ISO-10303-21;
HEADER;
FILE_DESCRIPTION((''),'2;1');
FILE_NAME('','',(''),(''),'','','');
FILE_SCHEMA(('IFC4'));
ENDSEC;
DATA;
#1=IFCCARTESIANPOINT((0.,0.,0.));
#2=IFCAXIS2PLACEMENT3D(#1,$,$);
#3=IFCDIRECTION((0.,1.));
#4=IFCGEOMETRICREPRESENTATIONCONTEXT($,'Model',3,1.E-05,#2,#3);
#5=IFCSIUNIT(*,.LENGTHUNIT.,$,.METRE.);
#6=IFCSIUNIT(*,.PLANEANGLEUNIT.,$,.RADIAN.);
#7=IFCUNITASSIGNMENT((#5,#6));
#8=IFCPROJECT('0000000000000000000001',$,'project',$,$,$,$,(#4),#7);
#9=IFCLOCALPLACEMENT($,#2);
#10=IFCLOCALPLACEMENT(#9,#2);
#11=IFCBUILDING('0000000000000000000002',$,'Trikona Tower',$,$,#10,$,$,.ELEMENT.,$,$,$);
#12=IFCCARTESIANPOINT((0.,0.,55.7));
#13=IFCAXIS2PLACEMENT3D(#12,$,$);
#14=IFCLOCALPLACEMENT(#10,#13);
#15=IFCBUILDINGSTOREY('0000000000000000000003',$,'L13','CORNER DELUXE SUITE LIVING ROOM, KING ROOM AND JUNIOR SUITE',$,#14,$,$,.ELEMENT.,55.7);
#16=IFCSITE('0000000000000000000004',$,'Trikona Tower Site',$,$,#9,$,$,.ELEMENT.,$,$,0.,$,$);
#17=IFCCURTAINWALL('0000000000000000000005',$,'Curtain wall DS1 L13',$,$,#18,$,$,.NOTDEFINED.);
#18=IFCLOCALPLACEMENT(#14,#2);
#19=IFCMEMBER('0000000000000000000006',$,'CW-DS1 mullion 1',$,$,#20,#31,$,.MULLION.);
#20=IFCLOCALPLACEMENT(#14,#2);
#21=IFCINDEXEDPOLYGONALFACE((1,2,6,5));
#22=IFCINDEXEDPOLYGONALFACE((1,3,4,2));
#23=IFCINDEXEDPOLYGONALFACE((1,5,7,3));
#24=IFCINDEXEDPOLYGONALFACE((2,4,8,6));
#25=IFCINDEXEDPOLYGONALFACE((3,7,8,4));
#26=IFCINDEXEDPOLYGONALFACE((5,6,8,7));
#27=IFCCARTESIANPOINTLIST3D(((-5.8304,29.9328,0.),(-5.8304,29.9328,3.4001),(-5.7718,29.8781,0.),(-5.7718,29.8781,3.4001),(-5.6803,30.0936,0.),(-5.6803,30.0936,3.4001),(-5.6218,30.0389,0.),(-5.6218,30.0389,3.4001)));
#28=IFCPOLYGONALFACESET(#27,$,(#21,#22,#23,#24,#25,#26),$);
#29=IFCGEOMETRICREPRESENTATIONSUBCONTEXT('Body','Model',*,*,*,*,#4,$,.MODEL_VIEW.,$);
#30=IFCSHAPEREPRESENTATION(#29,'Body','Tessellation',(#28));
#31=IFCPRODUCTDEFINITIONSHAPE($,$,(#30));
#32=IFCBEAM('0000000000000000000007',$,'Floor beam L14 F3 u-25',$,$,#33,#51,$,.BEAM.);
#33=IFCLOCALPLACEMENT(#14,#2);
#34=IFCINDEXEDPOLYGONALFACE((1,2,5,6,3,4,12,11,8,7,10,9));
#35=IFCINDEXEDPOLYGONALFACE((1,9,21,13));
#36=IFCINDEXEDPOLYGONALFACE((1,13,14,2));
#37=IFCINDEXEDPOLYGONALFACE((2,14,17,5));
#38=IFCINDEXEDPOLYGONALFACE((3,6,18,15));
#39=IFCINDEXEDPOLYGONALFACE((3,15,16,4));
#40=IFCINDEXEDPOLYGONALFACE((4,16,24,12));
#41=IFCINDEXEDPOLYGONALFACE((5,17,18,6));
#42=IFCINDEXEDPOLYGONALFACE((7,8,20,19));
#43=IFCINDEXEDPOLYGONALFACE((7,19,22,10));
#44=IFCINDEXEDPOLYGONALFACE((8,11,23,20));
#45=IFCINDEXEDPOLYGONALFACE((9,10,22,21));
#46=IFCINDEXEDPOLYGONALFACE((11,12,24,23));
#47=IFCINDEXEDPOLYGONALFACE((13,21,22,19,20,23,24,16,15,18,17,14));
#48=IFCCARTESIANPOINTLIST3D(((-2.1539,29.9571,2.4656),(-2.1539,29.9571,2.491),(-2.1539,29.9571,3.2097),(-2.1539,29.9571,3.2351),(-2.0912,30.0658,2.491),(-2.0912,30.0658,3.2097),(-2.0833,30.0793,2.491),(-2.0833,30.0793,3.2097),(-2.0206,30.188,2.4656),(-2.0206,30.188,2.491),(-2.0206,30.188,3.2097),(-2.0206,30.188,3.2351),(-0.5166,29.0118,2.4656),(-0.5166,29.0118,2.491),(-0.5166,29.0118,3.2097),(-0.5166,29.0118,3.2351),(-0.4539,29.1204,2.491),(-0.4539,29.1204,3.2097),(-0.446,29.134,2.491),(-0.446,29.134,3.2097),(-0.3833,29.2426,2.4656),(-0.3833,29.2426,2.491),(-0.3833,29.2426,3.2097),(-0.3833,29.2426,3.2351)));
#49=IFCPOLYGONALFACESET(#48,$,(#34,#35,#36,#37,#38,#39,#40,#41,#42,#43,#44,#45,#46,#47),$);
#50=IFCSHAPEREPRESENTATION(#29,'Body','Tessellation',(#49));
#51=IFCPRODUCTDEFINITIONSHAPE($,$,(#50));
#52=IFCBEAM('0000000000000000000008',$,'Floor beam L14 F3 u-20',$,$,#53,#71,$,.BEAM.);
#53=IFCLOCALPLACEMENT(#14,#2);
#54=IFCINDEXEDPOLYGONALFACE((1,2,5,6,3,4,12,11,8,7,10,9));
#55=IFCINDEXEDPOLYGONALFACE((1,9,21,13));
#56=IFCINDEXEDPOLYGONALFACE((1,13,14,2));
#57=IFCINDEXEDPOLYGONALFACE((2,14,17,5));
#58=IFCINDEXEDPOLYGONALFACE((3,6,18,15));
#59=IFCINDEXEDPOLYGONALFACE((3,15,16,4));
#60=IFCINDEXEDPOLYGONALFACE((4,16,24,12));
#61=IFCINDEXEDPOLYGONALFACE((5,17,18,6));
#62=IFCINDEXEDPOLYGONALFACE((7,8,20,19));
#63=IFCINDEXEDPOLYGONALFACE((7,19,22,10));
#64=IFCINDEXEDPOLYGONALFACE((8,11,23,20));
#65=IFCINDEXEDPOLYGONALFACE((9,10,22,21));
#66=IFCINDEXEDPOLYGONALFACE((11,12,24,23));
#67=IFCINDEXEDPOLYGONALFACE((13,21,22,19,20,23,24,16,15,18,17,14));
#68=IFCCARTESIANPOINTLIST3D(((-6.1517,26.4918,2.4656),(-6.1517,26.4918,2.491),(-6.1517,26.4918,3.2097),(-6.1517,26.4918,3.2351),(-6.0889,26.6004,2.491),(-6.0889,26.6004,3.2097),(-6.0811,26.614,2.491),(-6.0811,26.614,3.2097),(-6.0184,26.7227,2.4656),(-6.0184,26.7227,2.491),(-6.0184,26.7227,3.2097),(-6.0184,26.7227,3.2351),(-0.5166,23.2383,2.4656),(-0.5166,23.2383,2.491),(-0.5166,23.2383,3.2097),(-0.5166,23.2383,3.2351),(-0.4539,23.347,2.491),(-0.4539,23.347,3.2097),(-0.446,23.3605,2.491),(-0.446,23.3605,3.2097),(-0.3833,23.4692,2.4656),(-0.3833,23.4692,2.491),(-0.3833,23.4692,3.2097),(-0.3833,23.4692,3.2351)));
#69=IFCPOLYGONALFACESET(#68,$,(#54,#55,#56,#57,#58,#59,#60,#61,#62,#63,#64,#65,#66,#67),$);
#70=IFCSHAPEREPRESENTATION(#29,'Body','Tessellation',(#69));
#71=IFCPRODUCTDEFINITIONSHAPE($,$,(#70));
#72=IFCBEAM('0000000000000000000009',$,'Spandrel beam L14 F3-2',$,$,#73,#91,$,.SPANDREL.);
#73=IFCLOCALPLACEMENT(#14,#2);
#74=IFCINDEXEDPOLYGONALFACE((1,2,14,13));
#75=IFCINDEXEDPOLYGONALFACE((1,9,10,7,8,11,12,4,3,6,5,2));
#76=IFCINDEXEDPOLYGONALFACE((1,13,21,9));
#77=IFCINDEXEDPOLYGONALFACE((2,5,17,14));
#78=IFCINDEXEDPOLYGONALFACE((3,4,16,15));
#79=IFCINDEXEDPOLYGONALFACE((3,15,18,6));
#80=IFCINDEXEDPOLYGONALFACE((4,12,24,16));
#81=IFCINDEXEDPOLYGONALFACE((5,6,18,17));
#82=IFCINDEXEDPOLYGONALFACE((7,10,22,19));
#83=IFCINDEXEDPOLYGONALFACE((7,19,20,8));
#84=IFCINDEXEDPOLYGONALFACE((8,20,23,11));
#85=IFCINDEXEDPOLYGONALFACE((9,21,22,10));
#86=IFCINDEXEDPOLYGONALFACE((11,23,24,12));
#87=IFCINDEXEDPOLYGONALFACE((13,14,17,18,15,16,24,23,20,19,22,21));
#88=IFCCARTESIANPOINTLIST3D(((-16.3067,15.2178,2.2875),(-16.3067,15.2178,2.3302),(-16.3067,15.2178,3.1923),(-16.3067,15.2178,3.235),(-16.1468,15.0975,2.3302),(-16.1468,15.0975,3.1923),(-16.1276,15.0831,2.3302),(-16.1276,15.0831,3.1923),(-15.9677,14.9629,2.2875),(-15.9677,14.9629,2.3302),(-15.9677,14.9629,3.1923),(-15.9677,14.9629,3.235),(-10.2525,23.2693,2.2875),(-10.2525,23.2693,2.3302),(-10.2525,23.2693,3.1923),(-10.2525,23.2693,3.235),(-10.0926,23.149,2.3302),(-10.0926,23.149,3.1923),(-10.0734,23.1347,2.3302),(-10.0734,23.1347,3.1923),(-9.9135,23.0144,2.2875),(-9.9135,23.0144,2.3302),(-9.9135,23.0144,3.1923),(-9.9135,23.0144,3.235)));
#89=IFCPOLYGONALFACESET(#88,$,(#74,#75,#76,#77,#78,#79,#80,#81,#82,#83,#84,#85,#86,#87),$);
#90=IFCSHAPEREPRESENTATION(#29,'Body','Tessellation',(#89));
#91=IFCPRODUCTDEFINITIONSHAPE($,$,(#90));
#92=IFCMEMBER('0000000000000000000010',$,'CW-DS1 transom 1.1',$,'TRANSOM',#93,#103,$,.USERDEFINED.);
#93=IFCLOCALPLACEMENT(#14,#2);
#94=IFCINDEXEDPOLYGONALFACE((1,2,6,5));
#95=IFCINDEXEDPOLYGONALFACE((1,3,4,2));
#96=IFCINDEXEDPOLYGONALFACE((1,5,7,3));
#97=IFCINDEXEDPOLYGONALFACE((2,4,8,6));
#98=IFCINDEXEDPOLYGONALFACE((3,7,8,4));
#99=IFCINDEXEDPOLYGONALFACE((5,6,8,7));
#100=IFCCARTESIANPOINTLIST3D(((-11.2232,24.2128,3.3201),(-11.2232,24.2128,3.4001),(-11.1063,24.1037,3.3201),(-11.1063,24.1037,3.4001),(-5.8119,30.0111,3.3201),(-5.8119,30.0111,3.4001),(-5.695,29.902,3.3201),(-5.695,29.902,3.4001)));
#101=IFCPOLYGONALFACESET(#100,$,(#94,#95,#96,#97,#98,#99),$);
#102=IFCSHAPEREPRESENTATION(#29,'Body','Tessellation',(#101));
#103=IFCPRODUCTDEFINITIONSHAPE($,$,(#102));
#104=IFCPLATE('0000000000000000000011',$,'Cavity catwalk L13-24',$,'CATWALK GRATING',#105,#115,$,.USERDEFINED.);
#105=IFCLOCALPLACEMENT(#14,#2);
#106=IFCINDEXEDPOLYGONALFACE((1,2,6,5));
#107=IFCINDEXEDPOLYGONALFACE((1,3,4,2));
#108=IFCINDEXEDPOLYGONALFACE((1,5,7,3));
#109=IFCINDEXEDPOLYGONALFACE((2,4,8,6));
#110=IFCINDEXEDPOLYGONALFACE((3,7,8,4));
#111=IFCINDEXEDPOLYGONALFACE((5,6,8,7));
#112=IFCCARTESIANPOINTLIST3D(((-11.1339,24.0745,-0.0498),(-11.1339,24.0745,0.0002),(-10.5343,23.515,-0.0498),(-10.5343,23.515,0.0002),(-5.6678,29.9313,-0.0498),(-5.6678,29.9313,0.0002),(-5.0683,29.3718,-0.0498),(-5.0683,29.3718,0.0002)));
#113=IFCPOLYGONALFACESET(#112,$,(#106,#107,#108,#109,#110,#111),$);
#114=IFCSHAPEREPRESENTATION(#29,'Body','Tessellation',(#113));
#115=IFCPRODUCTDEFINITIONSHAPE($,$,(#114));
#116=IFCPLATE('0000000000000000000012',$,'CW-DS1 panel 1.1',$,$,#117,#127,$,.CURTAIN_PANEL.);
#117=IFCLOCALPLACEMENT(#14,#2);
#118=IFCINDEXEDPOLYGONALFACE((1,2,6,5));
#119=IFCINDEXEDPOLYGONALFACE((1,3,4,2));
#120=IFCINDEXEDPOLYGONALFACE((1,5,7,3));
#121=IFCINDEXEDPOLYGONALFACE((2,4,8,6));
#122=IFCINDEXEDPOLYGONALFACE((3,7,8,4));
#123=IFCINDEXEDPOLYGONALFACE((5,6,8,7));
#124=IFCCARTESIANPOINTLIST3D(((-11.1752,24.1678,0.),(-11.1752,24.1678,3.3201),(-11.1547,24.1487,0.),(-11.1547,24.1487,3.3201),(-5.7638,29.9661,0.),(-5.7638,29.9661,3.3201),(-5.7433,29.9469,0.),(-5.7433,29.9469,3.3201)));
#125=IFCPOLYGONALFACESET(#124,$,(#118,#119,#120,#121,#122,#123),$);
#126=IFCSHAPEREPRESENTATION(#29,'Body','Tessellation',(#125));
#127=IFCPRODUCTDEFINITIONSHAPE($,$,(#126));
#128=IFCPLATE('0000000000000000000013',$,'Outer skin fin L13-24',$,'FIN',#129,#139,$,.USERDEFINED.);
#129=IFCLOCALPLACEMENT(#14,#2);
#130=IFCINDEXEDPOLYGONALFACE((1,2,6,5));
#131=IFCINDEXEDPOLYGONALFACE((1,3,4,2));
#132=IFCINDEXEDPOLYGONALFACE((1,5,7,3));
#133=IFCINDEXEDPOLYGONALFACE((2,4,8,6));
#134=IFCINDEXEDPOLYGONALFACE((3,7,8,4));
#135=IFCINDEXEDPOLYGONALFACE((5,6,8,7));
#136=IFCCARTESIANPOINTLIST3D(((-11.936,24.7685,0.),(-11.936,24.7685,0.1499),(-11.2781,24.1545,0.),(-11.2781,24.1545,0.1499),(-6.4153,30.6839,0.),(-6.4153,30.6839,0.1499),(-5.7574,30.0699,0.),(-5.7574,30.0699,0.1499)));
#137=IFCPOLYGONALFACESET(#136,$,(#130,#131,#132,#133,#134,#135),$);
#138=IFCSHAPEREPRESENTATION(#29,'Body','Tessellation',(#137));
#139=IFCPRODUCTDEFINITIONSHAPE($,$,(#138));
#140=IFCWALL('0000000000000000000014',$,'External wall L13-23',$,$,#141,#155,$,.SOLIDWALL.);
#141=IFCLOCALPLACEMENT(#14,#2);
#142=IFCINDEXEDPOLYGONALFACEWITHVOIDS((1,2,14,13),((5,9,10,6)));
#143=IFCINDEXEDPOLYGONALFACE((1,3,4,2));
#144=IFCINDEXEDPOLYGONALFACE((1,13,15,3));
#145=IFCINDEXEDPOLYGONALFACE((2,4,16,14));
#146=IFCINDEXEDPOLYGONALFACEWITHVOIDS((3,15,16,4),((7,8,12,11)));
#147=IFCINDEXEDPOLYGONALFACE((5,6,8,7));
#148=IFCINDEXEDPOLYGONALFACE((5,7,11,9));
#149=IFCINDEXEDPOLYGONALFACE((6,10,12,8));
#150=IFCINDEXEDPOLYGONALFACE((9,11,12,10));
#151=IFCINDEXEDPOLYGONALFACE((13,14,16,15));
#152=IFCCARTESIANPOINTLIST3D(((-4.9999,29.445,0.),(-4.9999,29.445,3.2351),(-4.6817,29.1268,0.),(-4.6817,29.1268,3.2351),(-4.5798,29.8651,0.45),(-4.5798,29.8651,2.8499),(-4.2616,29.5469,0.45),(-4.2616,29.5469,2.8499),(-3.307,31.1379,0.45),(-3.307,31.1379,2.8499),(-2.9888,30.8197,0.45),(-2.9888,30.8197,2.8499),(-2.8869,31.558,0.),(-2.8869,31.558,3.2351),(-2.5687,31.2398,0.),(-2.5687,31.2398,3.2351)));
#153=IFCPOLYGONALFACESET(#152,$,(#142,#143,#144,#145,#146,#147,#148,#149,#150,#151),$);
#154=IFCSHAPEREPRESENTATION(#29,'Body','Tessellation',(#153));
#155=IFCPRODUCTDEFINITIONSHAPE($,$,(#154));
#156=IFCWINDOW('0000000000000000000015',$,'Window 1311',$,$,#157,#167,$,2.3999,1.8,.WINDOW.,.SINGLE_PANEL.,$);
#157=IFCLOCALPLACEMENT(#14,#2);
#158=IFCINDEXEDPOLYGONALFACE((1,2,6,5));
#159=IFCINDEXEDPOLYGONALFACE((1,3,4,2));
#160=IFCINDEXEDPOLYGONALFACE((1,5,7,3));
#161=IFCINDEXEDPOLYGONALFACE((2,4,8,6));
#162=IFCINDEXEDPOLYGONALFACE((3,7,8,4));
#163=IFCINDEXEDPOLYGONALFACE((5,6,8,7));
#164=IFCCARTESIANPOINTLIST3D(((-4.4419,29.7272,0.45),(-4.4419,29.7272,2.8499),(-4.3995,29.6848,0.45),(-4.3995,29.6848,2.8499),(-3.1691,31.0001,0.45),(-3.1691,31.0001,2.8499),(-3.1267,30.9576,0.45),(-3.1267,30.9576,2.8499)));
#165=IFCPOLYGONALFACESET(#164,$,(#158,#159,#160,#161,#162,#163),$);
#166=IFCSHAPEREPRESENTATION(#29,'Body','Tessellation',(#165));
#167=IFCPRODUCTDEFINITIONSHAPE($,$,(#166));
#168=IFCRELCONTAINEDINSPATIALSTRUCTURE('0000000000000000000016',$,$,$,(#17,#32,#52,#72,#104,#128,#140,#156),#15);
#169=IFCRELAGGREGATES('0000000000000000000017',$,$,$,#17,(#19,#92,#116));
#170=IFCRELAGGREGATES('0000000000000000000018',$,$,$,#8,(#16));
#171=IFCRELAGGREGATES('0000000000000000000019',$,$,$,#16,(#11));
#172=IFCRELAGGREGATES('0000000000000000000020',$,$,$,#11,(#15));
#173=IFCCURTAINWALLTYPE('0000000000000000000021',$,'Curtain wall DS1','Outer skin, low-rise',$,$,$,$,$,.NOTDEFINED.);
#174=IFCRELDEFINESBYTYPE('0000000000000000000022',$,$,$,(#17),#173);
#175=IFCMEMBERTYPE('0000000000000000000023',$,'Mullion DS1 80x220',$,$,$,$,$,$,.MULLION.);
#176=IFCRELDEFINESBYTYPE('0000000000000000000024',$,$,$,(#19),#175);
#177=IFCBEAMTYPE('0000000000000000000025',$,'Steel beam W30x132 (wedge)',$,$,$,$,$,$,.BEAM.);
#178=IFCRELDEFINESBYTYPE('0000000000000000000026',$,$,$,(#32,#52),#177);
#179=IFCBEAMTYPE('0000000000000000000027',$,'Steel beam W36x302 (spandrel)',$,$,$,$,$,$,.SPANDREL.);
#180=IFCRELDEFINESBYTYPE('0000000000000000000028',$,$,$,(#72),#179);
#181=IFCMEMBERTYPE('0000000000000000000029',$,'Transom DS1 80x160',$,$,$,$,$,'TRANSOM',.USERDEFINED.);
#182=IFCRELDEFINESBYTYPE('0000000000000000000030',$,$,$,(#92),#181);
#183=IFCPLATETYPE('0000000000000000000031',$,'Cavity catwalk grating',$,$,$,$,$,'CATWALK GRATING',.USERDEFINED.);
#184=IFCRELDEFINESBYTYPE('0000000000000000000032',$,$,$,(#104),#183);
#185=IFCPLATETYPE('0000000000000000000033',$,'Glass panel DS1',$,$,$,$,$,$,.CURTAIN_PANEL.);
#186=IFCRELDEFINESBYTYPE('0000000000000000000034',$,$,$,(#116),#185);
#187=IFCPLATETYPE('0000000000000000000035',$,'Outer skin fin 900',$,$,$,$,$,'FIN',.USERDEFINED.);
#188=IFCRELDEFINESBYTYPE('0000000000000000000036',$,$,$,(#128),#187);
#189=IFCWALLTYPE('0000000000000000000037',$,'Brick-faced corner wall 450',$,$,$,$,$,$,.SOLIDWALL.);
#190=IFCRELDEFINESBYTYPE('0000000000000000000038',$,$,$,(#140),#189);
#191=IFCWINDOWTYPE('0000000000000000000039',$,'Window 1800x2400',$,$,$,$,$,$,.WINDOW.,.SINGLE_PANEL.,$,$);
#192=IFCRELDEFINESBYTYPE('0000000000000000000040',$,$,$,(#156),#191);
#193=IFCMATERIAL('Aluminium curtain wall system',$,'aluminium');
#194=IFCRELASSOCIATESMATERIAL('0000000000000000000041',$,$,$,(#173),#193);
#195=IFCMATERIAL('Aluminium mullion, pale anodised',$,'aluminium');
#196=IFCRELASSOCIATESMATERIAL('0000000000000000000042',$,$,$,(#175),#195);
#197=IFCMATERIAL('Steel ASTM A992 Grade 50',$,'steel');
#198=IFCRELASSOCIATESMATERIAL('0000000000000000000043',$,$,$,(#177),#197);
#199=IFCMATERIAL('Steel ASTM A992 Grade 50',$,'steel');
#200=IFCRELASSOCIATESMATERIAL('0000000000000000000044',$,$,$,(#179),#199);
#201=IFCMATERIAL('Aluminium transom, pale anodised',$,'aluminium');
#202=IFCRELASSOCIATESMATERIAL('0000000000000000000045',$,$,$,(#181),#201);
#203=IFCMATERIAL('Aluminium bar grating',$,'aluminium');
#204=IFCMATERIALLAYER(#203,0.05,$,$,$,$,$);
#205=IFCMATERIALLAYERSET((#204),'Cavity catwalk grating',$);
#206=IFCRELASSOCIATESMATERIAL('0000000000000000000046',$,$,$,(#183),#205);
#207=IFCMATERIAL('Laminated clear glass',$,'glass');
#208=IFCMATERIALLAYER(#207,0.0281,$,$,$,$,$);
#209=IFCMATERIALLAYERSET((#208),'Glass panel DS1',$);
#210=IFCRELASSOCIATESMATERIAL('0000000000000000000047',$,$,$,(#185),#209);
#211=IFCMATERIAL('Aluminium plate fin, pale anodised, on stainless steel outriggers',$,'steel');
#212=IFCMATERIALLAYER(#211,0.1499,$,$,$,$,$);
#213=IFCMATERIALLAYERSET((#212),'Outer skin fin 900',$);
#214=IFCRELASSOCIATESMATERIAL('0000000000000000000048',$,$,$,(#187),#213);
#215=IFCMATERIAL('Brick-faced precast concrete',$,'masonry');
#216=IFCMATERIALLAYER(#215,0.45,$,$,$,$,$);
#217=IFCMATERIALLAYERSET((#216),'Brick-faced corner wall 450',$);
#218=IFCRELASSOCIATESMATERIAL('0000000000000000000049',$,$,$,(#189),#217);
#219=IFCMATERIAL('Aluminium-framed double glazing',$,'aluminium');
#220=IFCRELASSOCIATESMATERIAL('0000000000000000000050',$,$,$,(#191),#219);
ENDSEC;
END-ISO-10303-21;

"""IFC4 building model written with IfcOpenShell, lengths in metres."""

from ifc_helpers import new_model, si_unit, direction, frame, frame_2d, origin, origin_2d, place, context, subcontext, project, spatial, rectangle, i_section, extrude, material, layer, layer_set, material_profile, profile_set, type_object, element, fill, aggregate, save


model = new_model("IFC4")

# Units and contexts
model_context = context("Model", 3, precision=1e-05, world=origin(), true_north=direction((0.0, 1.0)))
body_context = subcontext(model_context, "Body", "Model", "MODEL_VIEW")
ifc_project = project(units=[si_unit("LENGTHUNIT", "METRE"), si_unit("PLANEANGLEUNIT", "RADIAN")], contexts=[model_context])

# Site, building, storey
site_placement = place(None, origin())
site = spatial("IfcSite", under=ifc_project, at=site_placement, Name="Trikona Tower Site", CompositionType="ELEMENT", RefElevation=0.0)
building_placement = place(site_placement, origin())
building = spatial("IfcBuilding", under=site, at=building_placement, Name="Trikona Tower", CompositionType="ELEMENT")
storey_placement = place(building_placement, frame((0.0, 0.0, 55.7)))
storey = spatial("IfcBuildingStorey", under=building, at=storey_placement, Name="L13", Description="CORNER DELUXE SUITE LIVING ROOM, KING ROOM AND JUNIOR SUITE", CompositionType="ELEMENT", Elevation=55.7)

# Curtain wall, member
ifc_material_1 = material(Name="Aluminium curtain wall system", Category="aluminium")
curtain_wall_type = type_object("IfcCurtainWallType", Name="Curtain wall DS1", Description="Outer skin, low-rise", PredefinedType="NOTDEFINED", material=ifc_material_1)
curtain_wall_placement = place(storey_placement, origin())
curtain_wall = element("IfcCurtainWall", 1, at=curtain_wall_placement, inside=storey, type_object=curtain_wall_type, Name="Curtain wall DS1 L13", PredefinedType="NOTDEFINED")
ifc_material_2 = material(Name="Aluminium mullion, pale anodised", Category="aluminium")
ifc_material_profile_1 = material_profile(ifc_material_2, rectangle(XDim=0.0801, YDim=0.22, at=origin_2d()), Name="MUL-DS1")
ifc_profile_set_1 = profile_set([ifc_material_profile_1], Name="Aluminium mullion, pale anodised")
member_type_1 = type_object("IfcMemberType", Name="Mullion DS1 80x220", PredefinedType="MULLION", material=ifc_profile_set_1)
member_1_placement = place(storey_placement, frame((-5.7261, 29.9858, 0.0), z_axis=(0.0, 0.0, 1.0), x_axis=(0.731077, -0.682295, 0.0)))
member_1 = element("IfcMember", 2, at=member_1_placement, type_object=member_type_1, Name="CW-DS1 mullion 1", PredefinedType="MULLION", context=body_context, shape_type="SweptSolid", body=[
    extrude(rectangle(XDim=0.0801, YDim=0.22, at=origin_2d()), origin(), (0.0, 0.0, 1.0), 3.4001),
])

# Beams
ifc_material_3 = material(Name="Steel ASTM A992 Grade 50", Category="steel")
ifc_material_profile_2 = material_profile(ifc_material_3, i_section(OverallWidth=0.2666, OverallDepth=0.7695, WebThickness=0.0156, FlangeThickness=0.0254, at=origin_2d()), Name="W30X132")
ifc_profile_set_2 = profile_set([ifc_material_profile_2], Name="Steel ASTM A992 Grade 50")
beam_type_1 = type_object("IfcBeamType", Name="Steel beam W30x132 (wedge)", PredefinedType="BEAM", material=ifc_profile_set_2)
beam_1_placement = place(storey_placement, frame((-0.45, 29.1272, 2.8503), z_axis=(-0.866009, 0.500028, 0.0), x_axis=(-0.500028, -0.866009, 0.0)))
element("IfcBeam", 3, at=beam_1_placement, inside=storey, type_object=beam_type_1, Name="Floor beam L14 F3 u-25", PredefinedType="BEAM", context=body_context, shape_type="SweptSolid", body=[
    extrude(i_section(OverallWidth=0.2666, OverallDepth=0.7695, WebThickness=0.0156, FlangeThickness=0.0254, at=origin_2d()), origin(), (0.0, 0.0, 1.0), 1.8906),
])
beam_2_placement = place(storey_placement, frame((-0.45, 23.3538, 2.8503), z_axis=(-0.866023, 0.500005, 0.0), x_axis=(-0.500005, -0.866023, 0.0)))
element("IfcBeam", 4, at=beam_2_placement, inside=storey, type_object=beam_type_1, Name="Floor beam L14 F3 u-20", PredefinedType="BEAM", context=body_context, shape_type="SweptSolid", body=[
    extrude(i_section(OverallWidth=0.2666, OverallDepth=0.7695, WebThickness=0.0156, FlangeThickness=0.0254, at=origin_2d()), origin(), (0.0, 0.0, 1.0), 6.5068),
])
ifc_material_4 = material(Name="Steel ASTM A992 Grade 50", Category="steel")
ifc_material_profile_3 = material_profile(ifc_material_4, i_section(OverallWidth=0.4241, OverallDepth=0.9475, WebThickness=0.0239, FlangeThickness=0.0427, at=origin_2d()), Name="W36X302")
ifc_profile_set_3 = profile_set([ifc_material_profile_3], Name="Steel ASTM A992 Grade 50")
beam_type_2 = type_object("IfcBeamType", Name="Steel beam W36x302 (spandrel)", PredefinedType="SPANDREL", material=ifc_profile_set_3)
beam_3_placement = place(storey_placement, frame((-10.083, 23.1418, 2.7612), z_axis=(-0.600988, -0.799258, 0.0), x_axis=(0.799258, -0.600988, 0.0)))
element("IfcBeam", 5, at=beam_3_placement, inside=storey, type_object=beam_type_2, Name="Spandrel beam L14 F3-2", PredefinedType="SPANDREL", context=body_context, shape_type="SweptSolid", body=[
    extrude(i_section(OverallWidth=0.4241, OverallDepth=0.9475, WebThickness=0.0239, FlangeThickness=0.0427, at=origin_2d()), origin(), (0.0, 0.0, 1.0), 10.0737),
])

# Member
ifc_material_5 = material(Name="Aluminium transom, pale anodised", Category="aluminium")
ifc_material_profile_4 = material_profile(ifc_material_5, rectangle(XDim=0.1599, YDim=0.0801, at=origin_2d()), Name="TRN-DS1")
ifc_profile_set_4 = profile_set([ifc_material_profile_4], Name="Aluminium transom, pale anodised")
member_type_2 = type_object("IfcMemberType", Name="Transom DS1 80x160", ElementType="TRANSOM", PredefinedType="USERDEFINED", material=ifc_profile_set_4)
member_2_placement = place(storey_placement, frame((-5.7534, 29.9565, 3.3601), z_axis=(-0.682291, -0.731081, 0.0), x_axis=(0.731081, -0.682291, 0.0)))
member_2 = element("IfcMember", 6, at=member_2_placement, type_object=member_type_2, Name="CW-DS1 transom 1.1", ObjectType="TRANSOM", PredefinedType="USERDEFINED", context=body_context, shape_type="SweptSolid", body=[
    extrude(rectangle(XDim=0.1599, YDim=0.0801, at=origin_2d()), origin(), (0.0, 0.0, 1.0), 7.9312),
])

# Plates
ifc_material_6 = material(Name="Aluminium bar grating", Category="aluminium")
ifc_layer_1 = layer(ifc_material_6, 0.05)
ifc_layer_set_1 = layer_set([ifc_layer_1], Name="Cavity catwalk grating")
plate_type_1 = type_object("IfcPlateType", Name="Cavity catwalk grating", ElementType="CATWALK GRATING", PredefinedType="USERDEFINED", material=ifc_layer_set_1)
plate_1_placement = place(storey_placement, frame((-8.1011, 26.7231, -0.0498), z_axis=(0.0, 0.0, 1.0), x_axis=(-0.682298, -0.731074, 0.0)))
element("IfcPlate", 7, at=plate_1_placement, inside=storey, type_object=plate_type_1, Name="Cavity catwalk L13-24", ObjectType="CATWALK GRATING", PredefinedType="USERDEFINED", context=body_context, shape_type="SweptSolid", body=[
    extrude(rectangle(XDim=8.0112, YDim=0.8201, at=origin_2d()), origin(), (0.0, 0.0, 1.0), 0.05),
])
ifc_material_7 = material(Name="Laminated clear glass", Category="glass")
ifc_layer_2 = layer(ifc_material_7, 0.0281)
ifc_layer_set_2 = layer_set([ifc_layer_2], Name="Glass panel DS1")
plate_type_2 = type_object("IfcPlateType", Name="Glass panel DS1", PredefinedType="CURTAIN_PANEL", material=ifc_layer_set_2)
plate_2_placement = place(storey_placement, frame((-8.4592, 27.0574, 0.0), z_axis=(0.0, 0.0, 1.0), x_axis=(-0.682295, -0.731077, 0.0)))
plate_2 = element("IfcPlate", 8, at=plate_2_placement, type_object=plate_type_2, Name="CW-DS1 panel 1.1", PredefinedType="CURTAIN_PANEL", context=body_context, shape_type="SweptSolid", body=[
    extrude(rectangle(XDim=7.9312, YDim=0.0281, at=origin_2d()), origin(), (0.0, 0.0, 1.0), 3.3201),
])
aggregate(curtain_wall, [member_1, member_2, plate_2])
ifc_material_8 = material(Name="Aluminium plate fin, pale anodised, on stainless steel outriggers", Category="steel")
ifc_layer_3 = layer(ifc_material_8, 0.1499)
ifc_layer_set_3 = layer_set([ifc_layer_3], Name="Outer skin fin 900")
plate_type_3 = type_object("IfcPlateType", Name="Outer skin fin 900", ElementType="FIN", PredefinedType="USERDEFINED", material=ifc_layer_set_3)
plate_3_placement = place(storey_placement, frame((-8.8467, 27.4192, 0.0), z_axis=(0.0, 0.0, 1.0), x_axis=(-0.682298, -0.731074, 0.0)))
element("IfcPlate", 9, at=plate_3_placement, inside=storey, type_object=plate_type_3, Name="Outer skin fin L13-24", ObjectType="FIN", PredefinedType="USERDEFINED", context=body_context, shape_type="SweptSolid", body=[
    extrude(rectangle(XDim=8.0913, YDim=0.8999, at=origin_2d()), origin(), (0.0, 0.0, 1.0), 0.1499),
])

# Wall, opening, window
ifc_material_9 = material(Name="Brick-faced precast concrete", Category="masonry")
ifc_layer_4 = layer(ifc_material_9, 0.45)
ifc_layer_set_4 = layer_set([ifc_layer_4], Name="Brick-faced corner wall 450")
wall_type_1 = type_object("IfcWallType", Name="Brick-faced corner wall 450", PredefinedType="SOLIDWALL", material=ifc_layer_set_4)
wall_1_placement = place(storey_placement, frame((-2.7278, 31.3989, 0.0), z_axis=(0.0, 0.0, 1.0), x_axis=(-0.707107, -0.707107, 0.0)))
wall_1 = element("IfcWall", 10, at=wall_1_placement, inside=storey, type_object=wall_type_1, Name="External wall L13-23", PredefinedType="SOLIDWALL", context=body_context, shape_type="SweptSolid", body=[
    extrude(rectangle(XDim=2.9883, YDim=0.45, at=frame_2d((1.4941, 0.0))), origin(), (0.0, 0.0, 1.0), 3.2351),
])
opening_1_placement = place(wall_1_placement, frame((0.5942, 0.0, 0.45)))
opening_1 = element("IfcOpeningElement", 11, at=opening_1_placement, cuts=wall_1, PredefinedType="OPENING", context=body_context, shape_type="SweptSolid", body=[
    extrude(rectangle(XDim=1.8, YDim=2.3999, at=frame_2d((0.8999, 1.2))), frame((0.0, 0.2349, 0.0), z_axis=(0.0, -1.0, 0.0), x_axis=(1.0, 0.0, 0.0)), (0.0, 0.0, 1.0), 0.47),
])
ifc_material_10 = material(Name="Aluminium-framed double glazing", Category="aluminium")
window_type_1 = type_object("IfcWindowType", Name="Window 1800x2400", PartitioningType="SINGLE_PANEL", PredefinedType="WINDOW", material=ifc_material_10)
window_1_placement = place(opening_1_placement, origin())
window_1 = element("IfcWindow", 12, at=window_1_placement, inside=storey, type_object=window_type_1, Name="Window 1311", OverallHeight=2.3999, OverallWidth=1.8, PartitioningType="SINGLE_PANEL", PredefinedType="WINDOW", context=body_context, shape_type="SweptSolid", body=[
    extrude(rectangle(XDim=1.8, YDim=2.3999, at=frame_2d((0.8999, 1.2))), frame((0.0, 0.03, 0.0), z_axis=(0.0, -1.0, 0.0), x_axis=(1.0, 0.0, 0.0)), (0.0, 0.0, 1.0), 0.0601),
])
fill(opening_1, window_1)

save(model, "model.ifc")
